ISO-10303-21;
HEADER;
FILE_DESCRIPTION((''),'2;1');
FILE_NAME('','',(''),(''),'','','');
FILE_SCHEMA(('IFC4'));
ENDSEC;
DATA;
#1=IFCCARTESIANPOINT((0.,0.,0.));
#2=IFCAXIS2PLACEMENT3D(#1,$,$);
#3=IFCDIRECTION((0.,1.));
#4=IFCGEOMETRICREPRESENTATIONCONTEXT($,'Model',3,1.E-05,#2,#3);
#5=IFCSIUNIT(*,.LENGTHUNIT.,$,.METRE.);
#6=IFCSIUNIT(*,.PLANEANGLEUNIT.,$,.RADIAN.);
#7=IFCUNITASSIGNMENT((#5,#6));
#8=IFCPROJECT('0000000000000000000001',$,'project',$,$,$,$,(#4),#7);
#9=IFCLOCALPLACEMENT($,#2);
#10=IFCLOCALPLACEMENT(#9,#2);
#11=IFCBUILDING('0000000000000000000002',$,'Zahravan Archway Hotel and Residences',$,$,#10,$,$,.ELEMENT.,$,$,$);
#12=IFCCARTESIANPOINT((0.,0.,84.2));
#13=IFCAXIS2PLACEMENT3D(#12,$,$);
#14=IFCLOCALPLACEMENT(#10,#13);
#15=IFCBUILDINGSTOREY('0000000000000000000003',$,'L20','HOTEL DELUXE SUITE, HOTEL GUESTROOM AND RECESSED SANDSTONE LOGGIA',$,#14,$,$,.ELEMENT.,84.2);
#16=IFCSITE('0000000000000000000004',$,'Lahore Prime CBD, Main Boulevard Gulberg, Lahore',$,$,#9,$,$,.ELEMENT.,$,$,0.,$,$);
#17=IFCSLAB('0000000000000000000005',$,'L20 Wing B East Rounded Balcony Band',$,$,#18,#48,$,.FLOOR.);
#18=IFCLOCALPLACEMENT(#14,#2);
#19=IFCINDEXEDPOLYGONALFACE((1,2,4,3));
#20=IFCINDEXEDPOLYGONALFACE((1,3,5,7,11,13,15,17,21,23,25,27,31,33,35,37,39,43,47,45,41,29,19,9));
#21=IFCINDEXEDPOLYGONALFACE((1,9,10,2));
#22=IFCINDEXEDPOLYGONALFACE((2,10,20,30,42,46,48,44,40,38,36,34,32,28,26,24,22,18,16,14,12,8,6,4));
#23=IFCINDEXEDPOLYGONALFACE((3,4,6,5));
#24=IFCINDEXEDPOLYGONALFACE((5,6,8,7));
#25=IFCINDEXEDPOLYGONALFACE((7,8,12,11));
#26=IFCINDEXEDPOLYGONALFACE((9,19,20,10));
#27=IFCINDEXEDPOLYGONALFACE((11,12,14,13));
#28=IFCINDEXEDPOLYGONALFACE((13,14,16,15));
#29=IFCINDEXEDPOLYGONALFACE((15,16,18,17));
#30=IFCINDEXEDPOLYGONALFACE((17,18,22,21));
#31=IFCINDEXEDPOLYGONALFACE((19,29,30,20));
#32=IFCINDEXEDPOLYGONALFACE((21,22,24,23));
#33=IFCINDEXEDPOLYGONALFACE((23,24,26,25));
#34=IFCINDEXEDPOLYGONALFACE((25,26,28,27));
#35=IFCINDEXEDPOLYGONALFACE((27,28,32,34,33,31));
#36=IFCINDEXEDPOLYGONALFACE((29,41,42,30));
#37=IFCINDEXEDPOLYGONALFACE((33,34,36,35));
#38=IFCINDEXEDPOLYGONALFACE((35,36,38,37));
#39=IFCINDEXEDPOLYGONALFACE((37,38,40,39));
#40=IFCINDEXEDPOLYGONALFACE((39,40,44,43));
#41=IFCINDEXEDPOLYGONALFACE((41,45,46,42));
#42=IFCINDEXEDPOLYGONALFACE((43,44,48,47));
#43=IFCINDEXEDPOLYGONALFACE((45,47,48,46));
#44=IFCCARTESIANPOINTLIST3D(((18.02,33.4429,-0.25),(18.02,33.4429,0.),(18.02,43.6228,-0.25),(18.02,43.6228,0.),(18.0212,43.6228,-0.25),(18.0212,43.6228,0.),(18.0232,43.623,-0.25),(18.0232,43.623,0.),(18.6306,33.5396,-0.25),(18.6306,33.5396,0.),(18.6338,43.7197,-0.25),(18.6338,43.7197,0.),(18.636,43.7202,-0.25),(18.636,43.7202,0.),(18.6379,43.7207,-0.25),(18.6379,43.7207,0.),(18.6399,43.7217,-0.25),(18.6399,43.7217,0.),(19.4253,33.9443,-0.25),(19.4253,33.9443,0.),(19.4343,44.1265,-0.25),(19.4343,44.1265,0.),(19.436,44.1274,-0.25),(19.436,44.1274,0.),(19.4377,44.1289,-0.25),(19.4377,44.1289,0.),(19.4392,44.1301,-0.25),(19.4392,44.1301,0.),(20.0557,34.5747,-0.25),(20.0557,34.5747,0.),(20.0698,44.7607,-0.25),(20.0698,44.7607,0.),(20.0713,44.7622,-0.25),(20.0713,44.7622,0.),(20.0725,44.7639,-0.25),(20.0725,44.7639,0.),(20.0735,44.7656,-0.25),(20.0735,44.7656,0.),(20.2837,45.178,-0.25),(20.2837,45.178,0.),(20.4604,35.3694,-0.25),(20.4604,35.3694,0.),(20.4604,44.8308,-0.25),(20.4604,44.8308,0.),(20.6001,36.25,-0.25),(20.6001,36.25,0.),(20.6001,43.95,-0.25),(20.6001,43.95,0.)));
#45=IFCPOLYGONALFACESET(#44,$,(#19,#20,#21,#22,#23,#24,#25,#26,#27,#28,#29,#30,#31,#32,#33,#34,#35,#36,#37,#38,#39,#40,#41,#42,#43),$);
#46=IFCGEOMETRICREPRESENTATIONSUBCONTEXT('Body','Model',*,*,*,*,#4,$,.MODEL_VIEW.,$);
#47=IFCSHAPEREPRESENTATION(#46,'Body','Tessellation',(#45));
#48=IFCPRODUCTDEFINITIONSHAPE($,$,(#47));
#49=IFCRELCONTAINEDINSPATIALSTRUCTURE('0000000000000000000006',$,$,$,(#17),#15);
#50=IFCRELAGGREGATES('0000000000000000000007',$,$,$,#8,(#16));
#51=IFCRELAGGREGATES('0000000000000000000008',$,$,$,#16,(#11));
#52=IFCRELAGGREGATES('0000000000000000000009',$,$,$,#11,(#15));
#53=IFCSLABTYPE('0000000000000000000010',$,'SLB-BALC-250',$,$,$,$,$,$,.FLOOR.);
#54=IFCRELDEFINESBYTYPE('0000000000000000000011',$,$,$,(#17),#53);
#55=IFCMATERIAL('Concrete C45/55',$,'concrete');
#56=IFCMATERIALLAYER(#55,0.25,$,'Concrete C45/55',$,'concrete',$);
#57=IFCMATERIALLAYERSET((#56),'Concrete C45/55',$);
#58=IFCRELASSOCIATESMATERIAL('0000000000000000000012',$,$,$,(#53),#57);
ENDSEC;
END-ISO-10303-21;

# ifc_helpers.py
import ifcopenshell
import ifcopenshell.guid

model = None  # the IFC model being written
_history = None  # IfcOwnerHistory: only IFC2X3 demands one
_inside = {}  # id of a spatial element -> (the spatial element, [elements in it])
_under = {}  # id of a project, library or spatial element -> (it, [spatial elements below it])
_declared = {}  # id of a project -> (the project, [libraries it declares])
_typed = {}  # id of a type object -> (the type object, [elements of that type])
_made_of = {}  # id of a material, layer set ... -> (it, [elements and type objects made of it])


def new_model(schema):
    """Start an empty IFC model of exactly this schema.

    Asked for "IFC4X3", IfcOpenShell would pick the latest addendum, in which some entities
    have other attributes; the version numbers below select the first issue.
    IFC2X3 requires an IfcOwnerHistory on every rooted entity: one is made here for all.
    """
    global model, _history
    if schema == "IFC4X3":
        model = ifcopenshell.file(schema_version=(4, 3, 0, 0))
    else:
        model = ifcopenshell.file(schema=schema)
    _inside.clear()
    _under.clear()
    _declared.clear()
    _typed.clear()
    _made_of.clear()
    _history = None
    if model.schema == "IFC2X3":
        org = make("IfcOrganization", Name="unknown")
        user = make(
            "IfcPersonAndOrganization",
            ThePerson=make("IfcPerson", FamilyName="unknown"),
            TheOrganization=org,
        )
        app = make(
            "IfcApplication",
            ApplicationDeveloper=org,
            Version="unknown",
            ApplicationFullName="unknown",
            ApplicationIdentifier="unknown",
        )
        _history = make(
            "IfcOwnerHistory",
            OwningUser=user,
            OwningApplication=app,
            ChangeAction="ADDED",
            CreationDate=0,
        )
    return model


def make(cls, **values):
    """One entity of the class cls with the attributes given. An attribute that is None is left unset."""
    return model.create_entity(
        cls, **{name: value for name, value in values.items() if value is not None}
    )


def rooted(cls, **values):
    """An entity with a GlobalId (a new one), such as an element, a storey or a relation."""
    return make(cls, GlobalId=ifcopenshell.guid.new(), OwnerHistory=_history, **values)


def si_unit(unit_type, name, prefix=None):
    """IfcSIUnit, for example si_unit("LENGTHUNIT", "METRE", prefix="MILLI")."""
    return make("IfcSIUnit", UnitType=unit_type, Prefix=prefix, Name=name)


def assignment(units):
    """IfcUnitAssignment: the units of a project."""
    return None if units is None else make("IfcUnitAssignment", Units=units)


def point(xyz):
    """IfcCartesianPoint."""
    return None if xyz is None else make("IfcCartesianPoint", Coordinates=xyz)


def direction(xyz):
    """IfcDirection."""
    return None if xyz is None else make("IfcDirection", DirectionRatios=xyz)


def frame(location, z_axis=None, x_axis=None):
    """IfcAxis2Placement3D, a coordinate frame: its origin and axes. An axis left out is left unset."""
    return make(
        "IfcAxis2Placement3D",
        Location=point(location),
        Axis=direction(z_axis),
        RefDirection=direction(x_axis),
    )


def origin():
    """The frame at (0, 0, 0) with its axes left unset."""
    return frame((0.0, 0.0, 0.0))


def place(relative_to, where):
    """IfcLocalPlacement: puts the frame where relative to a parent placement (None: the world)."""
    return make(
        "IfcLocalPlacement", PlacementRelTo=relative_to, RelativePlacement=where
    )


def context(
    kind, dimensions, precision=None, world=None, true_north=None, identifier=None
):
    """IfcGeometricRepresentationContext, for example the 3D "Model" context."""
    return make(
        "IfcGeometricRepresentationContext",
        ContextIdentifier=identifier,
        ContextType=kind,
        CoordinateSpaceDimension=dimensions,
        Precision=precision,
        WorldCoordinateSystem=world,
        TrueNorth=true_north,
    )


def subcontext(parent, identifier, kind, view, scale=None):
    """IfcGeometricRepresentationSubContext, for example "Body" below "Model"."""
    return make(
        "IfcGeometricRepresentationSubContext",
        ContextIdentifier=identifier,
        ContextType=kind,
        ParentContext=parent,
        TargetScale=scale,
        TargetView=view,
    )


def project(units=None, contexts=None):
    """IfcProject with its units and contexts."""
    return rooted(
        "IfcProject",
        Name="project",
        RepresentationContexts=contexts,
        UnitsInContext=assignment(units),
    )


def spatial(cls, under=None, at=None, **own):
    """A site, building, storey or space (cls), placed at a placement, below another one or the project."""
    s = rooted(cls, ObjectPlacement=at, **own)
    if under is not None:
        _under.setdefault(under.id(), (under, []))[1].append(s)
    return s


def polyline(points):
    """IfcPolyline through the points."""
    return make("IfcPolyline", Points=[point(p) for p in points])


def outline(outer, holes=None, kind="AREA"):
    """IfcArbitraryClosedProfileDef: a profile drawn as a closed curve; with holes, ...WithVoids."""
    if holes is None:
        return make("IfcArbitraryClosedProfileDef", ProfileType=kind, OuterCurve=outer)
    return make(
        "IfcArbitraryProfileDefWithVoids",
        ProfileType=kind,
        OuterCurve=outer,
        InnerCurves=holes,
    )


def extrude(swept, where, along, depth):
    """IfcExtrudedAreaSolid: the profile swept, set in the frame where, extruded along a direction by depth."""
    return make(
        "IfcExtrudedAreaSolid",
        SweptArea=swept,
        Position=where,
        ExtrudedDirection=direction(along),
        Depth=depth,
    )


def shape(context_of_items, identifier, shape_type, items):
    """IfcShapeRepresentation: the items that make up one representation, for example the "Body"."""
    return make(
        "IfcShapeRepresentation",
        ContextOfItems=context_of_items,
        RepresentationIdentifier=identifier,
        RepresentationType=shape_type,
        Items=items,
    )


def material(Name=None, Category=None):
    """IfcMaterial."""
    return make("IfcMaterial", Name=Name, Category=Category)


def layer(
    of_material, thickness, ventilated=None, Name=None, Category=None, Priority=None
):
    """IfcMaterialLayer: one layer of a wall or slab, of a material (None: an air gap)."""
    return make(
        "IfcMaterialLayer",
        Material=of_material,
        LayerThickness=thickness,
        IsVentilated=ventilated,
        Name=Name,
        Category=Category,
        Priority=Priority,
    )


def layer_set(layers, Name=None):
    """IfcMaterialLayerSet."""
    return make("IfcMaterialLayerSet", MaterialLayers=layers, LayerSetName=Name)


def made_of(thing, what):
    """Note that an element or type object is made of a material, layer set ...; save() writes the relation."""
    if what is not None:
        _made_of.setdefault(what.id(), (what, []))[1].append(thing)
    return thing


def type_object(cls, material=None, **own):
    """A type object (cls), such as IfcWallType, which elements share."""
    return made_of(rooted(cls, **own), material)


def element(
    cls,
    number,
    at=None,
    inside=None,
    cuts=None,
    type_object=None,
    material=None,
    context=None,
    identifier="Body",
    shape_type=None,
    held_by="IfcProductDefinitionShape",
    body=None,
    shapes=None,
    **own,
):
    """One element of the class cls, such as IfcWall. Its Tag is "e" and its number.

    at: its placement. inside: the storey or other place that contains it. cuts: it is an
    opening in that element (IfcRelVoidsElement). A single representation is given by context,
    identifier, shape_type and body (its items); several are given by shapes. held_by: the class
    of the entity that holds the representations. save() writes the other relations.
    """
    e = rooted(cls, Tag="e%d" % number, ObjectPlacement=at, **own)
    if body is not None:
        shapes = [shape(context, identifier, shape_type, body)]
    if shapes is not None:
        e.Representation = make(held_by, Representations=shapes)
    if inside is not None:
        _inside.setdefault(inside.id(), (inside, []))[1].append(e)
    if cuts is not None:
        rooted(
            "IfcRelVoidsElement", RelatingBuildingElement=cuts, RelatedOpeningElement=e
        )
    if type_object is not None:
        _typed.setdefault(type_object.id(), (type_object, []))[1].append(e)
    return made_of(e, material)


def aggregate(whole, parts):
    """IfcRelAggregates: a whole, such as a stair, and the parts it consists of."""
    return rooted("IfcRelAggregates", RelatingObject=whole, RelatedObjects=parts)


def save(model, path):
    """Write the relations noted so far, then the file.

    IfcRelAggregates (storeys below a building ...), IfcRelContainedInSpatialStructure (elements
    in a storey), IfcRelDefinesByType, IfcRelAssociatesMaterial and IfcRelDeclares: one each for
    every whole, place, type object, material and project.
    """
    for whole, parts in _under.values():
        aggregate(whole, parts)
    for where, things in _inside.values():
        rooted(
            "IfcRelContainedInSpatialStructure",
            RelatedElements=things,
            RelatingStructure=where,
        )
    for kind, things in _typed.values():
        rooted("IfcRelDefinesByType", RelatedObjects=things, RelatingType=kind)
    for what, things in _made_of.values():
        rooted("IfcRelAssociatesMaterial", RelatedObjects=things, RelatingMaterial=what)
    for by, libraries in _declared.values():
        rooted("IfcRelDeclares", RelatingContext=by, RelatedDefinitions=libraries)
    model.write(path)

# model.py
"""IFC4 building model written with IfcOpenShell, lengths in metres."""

from ifc_helpers import new_model, si_unit, direction, frame, origin, place, context, subcontext, project, spatial, polyline, outline, extrude, material, layer, layer_set, type_object, element, save


model = new_model("IFC4")

# Units and contexts
model_context = context("Model", 3, precision=1e-05, world=origin(), true_north=direction((0.0, 1.0)))
body_context = subcontext(model_context, "Body", "Model", "MODEL_VIEW")
ifc_project = project(units=[si_unit("LENGTHUNIT", "METRE"), si_unit("PLANEANGLEUNIT", "RADIAN")], contexts=[model_context])

# Site, building, storey
site_placement = place(None, origin())
site = spatial("IfcSite", under=ifc_project, at=site_placement, Name="Lahore Prime CBD, Main Boulevard Gulberg, Lahore", CompositionType="ELEMENT", RefElevation=0.0)
building_placement = place(site_placement, origin())
building = spatial("IfcBuilding", under=site, at=building_placement, Name="Zahravan Archway Hotel and Residences", CompositionType="ELEMENT")
storey_placement = place(building_placement, frame((0.0, 0.0, 84.2)))
storey = spatial("IfcBuildingStorey", under=building, at=storey_placement, Name="L20", Description="HOTEL DELUXE SUITE, HOTEL GUESTROOM AND RECESSED SANDSTONE LOGGIA", CompositionType="ELEMENT", Elevation=84.2)

# Slab
ifc_material_1 = material(Name="Concrete C45/55", Category="concrete")
ifc_layer_1 = layer(ifc_material_1, 0.25, Name="Concrete C45/55", Category="concrete")
ifc_layer_set_1 = layer_set([ifc_layer_1], Name="Concrete C45/55")
slab_type_1 = type_object("IfcSlabType", Name="SLB-BALC-250", PredefinedType="FLOOR", material=ifc_layer_set_1)
slab_1_placement = place(storey_placement, frame((0.0, 0.0, -0.25)))
element("IfcSlab", 1, at=slab_1_placement, inside=storey, type_object=slab_type_1, Name="L20 Wing B East Rounded Balcony Band", PredefinedType="FLOOR", context=body_context, shape_type="SweptSolid", body=[
    extrude(outline(polyline([(20.4604, 44.8308), (20.6001, 43.95), (20.6001, 36.25), (20.4604, 35.3694), (20.0557, 34.5747), (19.4253, 33.9443), (18.6306, 33.5396), (18.02, 33.4429), (18.02, 43.6228), (18.0212, 43.6228), (18.0232, 43.623), (18.6338, 43.7197), (18.636, 43.7202), (18.6379, 43.7207), (18.6399, 43.7217), (19.4343, 44.1265), (19.436, 44.1274), (19.4377, 44.1289), (19.4392, 44.1301), (20.0698, 44.7607), (20.0713, 44.7622), (20.0725, 44.7639), (20.0735, 44.7656), (20.2837, 45.178), (20.4604, 44.8308)])), origin(), (0.0, 0.0, 1.0), 0.25),
])

save(model, "model.ifc")
